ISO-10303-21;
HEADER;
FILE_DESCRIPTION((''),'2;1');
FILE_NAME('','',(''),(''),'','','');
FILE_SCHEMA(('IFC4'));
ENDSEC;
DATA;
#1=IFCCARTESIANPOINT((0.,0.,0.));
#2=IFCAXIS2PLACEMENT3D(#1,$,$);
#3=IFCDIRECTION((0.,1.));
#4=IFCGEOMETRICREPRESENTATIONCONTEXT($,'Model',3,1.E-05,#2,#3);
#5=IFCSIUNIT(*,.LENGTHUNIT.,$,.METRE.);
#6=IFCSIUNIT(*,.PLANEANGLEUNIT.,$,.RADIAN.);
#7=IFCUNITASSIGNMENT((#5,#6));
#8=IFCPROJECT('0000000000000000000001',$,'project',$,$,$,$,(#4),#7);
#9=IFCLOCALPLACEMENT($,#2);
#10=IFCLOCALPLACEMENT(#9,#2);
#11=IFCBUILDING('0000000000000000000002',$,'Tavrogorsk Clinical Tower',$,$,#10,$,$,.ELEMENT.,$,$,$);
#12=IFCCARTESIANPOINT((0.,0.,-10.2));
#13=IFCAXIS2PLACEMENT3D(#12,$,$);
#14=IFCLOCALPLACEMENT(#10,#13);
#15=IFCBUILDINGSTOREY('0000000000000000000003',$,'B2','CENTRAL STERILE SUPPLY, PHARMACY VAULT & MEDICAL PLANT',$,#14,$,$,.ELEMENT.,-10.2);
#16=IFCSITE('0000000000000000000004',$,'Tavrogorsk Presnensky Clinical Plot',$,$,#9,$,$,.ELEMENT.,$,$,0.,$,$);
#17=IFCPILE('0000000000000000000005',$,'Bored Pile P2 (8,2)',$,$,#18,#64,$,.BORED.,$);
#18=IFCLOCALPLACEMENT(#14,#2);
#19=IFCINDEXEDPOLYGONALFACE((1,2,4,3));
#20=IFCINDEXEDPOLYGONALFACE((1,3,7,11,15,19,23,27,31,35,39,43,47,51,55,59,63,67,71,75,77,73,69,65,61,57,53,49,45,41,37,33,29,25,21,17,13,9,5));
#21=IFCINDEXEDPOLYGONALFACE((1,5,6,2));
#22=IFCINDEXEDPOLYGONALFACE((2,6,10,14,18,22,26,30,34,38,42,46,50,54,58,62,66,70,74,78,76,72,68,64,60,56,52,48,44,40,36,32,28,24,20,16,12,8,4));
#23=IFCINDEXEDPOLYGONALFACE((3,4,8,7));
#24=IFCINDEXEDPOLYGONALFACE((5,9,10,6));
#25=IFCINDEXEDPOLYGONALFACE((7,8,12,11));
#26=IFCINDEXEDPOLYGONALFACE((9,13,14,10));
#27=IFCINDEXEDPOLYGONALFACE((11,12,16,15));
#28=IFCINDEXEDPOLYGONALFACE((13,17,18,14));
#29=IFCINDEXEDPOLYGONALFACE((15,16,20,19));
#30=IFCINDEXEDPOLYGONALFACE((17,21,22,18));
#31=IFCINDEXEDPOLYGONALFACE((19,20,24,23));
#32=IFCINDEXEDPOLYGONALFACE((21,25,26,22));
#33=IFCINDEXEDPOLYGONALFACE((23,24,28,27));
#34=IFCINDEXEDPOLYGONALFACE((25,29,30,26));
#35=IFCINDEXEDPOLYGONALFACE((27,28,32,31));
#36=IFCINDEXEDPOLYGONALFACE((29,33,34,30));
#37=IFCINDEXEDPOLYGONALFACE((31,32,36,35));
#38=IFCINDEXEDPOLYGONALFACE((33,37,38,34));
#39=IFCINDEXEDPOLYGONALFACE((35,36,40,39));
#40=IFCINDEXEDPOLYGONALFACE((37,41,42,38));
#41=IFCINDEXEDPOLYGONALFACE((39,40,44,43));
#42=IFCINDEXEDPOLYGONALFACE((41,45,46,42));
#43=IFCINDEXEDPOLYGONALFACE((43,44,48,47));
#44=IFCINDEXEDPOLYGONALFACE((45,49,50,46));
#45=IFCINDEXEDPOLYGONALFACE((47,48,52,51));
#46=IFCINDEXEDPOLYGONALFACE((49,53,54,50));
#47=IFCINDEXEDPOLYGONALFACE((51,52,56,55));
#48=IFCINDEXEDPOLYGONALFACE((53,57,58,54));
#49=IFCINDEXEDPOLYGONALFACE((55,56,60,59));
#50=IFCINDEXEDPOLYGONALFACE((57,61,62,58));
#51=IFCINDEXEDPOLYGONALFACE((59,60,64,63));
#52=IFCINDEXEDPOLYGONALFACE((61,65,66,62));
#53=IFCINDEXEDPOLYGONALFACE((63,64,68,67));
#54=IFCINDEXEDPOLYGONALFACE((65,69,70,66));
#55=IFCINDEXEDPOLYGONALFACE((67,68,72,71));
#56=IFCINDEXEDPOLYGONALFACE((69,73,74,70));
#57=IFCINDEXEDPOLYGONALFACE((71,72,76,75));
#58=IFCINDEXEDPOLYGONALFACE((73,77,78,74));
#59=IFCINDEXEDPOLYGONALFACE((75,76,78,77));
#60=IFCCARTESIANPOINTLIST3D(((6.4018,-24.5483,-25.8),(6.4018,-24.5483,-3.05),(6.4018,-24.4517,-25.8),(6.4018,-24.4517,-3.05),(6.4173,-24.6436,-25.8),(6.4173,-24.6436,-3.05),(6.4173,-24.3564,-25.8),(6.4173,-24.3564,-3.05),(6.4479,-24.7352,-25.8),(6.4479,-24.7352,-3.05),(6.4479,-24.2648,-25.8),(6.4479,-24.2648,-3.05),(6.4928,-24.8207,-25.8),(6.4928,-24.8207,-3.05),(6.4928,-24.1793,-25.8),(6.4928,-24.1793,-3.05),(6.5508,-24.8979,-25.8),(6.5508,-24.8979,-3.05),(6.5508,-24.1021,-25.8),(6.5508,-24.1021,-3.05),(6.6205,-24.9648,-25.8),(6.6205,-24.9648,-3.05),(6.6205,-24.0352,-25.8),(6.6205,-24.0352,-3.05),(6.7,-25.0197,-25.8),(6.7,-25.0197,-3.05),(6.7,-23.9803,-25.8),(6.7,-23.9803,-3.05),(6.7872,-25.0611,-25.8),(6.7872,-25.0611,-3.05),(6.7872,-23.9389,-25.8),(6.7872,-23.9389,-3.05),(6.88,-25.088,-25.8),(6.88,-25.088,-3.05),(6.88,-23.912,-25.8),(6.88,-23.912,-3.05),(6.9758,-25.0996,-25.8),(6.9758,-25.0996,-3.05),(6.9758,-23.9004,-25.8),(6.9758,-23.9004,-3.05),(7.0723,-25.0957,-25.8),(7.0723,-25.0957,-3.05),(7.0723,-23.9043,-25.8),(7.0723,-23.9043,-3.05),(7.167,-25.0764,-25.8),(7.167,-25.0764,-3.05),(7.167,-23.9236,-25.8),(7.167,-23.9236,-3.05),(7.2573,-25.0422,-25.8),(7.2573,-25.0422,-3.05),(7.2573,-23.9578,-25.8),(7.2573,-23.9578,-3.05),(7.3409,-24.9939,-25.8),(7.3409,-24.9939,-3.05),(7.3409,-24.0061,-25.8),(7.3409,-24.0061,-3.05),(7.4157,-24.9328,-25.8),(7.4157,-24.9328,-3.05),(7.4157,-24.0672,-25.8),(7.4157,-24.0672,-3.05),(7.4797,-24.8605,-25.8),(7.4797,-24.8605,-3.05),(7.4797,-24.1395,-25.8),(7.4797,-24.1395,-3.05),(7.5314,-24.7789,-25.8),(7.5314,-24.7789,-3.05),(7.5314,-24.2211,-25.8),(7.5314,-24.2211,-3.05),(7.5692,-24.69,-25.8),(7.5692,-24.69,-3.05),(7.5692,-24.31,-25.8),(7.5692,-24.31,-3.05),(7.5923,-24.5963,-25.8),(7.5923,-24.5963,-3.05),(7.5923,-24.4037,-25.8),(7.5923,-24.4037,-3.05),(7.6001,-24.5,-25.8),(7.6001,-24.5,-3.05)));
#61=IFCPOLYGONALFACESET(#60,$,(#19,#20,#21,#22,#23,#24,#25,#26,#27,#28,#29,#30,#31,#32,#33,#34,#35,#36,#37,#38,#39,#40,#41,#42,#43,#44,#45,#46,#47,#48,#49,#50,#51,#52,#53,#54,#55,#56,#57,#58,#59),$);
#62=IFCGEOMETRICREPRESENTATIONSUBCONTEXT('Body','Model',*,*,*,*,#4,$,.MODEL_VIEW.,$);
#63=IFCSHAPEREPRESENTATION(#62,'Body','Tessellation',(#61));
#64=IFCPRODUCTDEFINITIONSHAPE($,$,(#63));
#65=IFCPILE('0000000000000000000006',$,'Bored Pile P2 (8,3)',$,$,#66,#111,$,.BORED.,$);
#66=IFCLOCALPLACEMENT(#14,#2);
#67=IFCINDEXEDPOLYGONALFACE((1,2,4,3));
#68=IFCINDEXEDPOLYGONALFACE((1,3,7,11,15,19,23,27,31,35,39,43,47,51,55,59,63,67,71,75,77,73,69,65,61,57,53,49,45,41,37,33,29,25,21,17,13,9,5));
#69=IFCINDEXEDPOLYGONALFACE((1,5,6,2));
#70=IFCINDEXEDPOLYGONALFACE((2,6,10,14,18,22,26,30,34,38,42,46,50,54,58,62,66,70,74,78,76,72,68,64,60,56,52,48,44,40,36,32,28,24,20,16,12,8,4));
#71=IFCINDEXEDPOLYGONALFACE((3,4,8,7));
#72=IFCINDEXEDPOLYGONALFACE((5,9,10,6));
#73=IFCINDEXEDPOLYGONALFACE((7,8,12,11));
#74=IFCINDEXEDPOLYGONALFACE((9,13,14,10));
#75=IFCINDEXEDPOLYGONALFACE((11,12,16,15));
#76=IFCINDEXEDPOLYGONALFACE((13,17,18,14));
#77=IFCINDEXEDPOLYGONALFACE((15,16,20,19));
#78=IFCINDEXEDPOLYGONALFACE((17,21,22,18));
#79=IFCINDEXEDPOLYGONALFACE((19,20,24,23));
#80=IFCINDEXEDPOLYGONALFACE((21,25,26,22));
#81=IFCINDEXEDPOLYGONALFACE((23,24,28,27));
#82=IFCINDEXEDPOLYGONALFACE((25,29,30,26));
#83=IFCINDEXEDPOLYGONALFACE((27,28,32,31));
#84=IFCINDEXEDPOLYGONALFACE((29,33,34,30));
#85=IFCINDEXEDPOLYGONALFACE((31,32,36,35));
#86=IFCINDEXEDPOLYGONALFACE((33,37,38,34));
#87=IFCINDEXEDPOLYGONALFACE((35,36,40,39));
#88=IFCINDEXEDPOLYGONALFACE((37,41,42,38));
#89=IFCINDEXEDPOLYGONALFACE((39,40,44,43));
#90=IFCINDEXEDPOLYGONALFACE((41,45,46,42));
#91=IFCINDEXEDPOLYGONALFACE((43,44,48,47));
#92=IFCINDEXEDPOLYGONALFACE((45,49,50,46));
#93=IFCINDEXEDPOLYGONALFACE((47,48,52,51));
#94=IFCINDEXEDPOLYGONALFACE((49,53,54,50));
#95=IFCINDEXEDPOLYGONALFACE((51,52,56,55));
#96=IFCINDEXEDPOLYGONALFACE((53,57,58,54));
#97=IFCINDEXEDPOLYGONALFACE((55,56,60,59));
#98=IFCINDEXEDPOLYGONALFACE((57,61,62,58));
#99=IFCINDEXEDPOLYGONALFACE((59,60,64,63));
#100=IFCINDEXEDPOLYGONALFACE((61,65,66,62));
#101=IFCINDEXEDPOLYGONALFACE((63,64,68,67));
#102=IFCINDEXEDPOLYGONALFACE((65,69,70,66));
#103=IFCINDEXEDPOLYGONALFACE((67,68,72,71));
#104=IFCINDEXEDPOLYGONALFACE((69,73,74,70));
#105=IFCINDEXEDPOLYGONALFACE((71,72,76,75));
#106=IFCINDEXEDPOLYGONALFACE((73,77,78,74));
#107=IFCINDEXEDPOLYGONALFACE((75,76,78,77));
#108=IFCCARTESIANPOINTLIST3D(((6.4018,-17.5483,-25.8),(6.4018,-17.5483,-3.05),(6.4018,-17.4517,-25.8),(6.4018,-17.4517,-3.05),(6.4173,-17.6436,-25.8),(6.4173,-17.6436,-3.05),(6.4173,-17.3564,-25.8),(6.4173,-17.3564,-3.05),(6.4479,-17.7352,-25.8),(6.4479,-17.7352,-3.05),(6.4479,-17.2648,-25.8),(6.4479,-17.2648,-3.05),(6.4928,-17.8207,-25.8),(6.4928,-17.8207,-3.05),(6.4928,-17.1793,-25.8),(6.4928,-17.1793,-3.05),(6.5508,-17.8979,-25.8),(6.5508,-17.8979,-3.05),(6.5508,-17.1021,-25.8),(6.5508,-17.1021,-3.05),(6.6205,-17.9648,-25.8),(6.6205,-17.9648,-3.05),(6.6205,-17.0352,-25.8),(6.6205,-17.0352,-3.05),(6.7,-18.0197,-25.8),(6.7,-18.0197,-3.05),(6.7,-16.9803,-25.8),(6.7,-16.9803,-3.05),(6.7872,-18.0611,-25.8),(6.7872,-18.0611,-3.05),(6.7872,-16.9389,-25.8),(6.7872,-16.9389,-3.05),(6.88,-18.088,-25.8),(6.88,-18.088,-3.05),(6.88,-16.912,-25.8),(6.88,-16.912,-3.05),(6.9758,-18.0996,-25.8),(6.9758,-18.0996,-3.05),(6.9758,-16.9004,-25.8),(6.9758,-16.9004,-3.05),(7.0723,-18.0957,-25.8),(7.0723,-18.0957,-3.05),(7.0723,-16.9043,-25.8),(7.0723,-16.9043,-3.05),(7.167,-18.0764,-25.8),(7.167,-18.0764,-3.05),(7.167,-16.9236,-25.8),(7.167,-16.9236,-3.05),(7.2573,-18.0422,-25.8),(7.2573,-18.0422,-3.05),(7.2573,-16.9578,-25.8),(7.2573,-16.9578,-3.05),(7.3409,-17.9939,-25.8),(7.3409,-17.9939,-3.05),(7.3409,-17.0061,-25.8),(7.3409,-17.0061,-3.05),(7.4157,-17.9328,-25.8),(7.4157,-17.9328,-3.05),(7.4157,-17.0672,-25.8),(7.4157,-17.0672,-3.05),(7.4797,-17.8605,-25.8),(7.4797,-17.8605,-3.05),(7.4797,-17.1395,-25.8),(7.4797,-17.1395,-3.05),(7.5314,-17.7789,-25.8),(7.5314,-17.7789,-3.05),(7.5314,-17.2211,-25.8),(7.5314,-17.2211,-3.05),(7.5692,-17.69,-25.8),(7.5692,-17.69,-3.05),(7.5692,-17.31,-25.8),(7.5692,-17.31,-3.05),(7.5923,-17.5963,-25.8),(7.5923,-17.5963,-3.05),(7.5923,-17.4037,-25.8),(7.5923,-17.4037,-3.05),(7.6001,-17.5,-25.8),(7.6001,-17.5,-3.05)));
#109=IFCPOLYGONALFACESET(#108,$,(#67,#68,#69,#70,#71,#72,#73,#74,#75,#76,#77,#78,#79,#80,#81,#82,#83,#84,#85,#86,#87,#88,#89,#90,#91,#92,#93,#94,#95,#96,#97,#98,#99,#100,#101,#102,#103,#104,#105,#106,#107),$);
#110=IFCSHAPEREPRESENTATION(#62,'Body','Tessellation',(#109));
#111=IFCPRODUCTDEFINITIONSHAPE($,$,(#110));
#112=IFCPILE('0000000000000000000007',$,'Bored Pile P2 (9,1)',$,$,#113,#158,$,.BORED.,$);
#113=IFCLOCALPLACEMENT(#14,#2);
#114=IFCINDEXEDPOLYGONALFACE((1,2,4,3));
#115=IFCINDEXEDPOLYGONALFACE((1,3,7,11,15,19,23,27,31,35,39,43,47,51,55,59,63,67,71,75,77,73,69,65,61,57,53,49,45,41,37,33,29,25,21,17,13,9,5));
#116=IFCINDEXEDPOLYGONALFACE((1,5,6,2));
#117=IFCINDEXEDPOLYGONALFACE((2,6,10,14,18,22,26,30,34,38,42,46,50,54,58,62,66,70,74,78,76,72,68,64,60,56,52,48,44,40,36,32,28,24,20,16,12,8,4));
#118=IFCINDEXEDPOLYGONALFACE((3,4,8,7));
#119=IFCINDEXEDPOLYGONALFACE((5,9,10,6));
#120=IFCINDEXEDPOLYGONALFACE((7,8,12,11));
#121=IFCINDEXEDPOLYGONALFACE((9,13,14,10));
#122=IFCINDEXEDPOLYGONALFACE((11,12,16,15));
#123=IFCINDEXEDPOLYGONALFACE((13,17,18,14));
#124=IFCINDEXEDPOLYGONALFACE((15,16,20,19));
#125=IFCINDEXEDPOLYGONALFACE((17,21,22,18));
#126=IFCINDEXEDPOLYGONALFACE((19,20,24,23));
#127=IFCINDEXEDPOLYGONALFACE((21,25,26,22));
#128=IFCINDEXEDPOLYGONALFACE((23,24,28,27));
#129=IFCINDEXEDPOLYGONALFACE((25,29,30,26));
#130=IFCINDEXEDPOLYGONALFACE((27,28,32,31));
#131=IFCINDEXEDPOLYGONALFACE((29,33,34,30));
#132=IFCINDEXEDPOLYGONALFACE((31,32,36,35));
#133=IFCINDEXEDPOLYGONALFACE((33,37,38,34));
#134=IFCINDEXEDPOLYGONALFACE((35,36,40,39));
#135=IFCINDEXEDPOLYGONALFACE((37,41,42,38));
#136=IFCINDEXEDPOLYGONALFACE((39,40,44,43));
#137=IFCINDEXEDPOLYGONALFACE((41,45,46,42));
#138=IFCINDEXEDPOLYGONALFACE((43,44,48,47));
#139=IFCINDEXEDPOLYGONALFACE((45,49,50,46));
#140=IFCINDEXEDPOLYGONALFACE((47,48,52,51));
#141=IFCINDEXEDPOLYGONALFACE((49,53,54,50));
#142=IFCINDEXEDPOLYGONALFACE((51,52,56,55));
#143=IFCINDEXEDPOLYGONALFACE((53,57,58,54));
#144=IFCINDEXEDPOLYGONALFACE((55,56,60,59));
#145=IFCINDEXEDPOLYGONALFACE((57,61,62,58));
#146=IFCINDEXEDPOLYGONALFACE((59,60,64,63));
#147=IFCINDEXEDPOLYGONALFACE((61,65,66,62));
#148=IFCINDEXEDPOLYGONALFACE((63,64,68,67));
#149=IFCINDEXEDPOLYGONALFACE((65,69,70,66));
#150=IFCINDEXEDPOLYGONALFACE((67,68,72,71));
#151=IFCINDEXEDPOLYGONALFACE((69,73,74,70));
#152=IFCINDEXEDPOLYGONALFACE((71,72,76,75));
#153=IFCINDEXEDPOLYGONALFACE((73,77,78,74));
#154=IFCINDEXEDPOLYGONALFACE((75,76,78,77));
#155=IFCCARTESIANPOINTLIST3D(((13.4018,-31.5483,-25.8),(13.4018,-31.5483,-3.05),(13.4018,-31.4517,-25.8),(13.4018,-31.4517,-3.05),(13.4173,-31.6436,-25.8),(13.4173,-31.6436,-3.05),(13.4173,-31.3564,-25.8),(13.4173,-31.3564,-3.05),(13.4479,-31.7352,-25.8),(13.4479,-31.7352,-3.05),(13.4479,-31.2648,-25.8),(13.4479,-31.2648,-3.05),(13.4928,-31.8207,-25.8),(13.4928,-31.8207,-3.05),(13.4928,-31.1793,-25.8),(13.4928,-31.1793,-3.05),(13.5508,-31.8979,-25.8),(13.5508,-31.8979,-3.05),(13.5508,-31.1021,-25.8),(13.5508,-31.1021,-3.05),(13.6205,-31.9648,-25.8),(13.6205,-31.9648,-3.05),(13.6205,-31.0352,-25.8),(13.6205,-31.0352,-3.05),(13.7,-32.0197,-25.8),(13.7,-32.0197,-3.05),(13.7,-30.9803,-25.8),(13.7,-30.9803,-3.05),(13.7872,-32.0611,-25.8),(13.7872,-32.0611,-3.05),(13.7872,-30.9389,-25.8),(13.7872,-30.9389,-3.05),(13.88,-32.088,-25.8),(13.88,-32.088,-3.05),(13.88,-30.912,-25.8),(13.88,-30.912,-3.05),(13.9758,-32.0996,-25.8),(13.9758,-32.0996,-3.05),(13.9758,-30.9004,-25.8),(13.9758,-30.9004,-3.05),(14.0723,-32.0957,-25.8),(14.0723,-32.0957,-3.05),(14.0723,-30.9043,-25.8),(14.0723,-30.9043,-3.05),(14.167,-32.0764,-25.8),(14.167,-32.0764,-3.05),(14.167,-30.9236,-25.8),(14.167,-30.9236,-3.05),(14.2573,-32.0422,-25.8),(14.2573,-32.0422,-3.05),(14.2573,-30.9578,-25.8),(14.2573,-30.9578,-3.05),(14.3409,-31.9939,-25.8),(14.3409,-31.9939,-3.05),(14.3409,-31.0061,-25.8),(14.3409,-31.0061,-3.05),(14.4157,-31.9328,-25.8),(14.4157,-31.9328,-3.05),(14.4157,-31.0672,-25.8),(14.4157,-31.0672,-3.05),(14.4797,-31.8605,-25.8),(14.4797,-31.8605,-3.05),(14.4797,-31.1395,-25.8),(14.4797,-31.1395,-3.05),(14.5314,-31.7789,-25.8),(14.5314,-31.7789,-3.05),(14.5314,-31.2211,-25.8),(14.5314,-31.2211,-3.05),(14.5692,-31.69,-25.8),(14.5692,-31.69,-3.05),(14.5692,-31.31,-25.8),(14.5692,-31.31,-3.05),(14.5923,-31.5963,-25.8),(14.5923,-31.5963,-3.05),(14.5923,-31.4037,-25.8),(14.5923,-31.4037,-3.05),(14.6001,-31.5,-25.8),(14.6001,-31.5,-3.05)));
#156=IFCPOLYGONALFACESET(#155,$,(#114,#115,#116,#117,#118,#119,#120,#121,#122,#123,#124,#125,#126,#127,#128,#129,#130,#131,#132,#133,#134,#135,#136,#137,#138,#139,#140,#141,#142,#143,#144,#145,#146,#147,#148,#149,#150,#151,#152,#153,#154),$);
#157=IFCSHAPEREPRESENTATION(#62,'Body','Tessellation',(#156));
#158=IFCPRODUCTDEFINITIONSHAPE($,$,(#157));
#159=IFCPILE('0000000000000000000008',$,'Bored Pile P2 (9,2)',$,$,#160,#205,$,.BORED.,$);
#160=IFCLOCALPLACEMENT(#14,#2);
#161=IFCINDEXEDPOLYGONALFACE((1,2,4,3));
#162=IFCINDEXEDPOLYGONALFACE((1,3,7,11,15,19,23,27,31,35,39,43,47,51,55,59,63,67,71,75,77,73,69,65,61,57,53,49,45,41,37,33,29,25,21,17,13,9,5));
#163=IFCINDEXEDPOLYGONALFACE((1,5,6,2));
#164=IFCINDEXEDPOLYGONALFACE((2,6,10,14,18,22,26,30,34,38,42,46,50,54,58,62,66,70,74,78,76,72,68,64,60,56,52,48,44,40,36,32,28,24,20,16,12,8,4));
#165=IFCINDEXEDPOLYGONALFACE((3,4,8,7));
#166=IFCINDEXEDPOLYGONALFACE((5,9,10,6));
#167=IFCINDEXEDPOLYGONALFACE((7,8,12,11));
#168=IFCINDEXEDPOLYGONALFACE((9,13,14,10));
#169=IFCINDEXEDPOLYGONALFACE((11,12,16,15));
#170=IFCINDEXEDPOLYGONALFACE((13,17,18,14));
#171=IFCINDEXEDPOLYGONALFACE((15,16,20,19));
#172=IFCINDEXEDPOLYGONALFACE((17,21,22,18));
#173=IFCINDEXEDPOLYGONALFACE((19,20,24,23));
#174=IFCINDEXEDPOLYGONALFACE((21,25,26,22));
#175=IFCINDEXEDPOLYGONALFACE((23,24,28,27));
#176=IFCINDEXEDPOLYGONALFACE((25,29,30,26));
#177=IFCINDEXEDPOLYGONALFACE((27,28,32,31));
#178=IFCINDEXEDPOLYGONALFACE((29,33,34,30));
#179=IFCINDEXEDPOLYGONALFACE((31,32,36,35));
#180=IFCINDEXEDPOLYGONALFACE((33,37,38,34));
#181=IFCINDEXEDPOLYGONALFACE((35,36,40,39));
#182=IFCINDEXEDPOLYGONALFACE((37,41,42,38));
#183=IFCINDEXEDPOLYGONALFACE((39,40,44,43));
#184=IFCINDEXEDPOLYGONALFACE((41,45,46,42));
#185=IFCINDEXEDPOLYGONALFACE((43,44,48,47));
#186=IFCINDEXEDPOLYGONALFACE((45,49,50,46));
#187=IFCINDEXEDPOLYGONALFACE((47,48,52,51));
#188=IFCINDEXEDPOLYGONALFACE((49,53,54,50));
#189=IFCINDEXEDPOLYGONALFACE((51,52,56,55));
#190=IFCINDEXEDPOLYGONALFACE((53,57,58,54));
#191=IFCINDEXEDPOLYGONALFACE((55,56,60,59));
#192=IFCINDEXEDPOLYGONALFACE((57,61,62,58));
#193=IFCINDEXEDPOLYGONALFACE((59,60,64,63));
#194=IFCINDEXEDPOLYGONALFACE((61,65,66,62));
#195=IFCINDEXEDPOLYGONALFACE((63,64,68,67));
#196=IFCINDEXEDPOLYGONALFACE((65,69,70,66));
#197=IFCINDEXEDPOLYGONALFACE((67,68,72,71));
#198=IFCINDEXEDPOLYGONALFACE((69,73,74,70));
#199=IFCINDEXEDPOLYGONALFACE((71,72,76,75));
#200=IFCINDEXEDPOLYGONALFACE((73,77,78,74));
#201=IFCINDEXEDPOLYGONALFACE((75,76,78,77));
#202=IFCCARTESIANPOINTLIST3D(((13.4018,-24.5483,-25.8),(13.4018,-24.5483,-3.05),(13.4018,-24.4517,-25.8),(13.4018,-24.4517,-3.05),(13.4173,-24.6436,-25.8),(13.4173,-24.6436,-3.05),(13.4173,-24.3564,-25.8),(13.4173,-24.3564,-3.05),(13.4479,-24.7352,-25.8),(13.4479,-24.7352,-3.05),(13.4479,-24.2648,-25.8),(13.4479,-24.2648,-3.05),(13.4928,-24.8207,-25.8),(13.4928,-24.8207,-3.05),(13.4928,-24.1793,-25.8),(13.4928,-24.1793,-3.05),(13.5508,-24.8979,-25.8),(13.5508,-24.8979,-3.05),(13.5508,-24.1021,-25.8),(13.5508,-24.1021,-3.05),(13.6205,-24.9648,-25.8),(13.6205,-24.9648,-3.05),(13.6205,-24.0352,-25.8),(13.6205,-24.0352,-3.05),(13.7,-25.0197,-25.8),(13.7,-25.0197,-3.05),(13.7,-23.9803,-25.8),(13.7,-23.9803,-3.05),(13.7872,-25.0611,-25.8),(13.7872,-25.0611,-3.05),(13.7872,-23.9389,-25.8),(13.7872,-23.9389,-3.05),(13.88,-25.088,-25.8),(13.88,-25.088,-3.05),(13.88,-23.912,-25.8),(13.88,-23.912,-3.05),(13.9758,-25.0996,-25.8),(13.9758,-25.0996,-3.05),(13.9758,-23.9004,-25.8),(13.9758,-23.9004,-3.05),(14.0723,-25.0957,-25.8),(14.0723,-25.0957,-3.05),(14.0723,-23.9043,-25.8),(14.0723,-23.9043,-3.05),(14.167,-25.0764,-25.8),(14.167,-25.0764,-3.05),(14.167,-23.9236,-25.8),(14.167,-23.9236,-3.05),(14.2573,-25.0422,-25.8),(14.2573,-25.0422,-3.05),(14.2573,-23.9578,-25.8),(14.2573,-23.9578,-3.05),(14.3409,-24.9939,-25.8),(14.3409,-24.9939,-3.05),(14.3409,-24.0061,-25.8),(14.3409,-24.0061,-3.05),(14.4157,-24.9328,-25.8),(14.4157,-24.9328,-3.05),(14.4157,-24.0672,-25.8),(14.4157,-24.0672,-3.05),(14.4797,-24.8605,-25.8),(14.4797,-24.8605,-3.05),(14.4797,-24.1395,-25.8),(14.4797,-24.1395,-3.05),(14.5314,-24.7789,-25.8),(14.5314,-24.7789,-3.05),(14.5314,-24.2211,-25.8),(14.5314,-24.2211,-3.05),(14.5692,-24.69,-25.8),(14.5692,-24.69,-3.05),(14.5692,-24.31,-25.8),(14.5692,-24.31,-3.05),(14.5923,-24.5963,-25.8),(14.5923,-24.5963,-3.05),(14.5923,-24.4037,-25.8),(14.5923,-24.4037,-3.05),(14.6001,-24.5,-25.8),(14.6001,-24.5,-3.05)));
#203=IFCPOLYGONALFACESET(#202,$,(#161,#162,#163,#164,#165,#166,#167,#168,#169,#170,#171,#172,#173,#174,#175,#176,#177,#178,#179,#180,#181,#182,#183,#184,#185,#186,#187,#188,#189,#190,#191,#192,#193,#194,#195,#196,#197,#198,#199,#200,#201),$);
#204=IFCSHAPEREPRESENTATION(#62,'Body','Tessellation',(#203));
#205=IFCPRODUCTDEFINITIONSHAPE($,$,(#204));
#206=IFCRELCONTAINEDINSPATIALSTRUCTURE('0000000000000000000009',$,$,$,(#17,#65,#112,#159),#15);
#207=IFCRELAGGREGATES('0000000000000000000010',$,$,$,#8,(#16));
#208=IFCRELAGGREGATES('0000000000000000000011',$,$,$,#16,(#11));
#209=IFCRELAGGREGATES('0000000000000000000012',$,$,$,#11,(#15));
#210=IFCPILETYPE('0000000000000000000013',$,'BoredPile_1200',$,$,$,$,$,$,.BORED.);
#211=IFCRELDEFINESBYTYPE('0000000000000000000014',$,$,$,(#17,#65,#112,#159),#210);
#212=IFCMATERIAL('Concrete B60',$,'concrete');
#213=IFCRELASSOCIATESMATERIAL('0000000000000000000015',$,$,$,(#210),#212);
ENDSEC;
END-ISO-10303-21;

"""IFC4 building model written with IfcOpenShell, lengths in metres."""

from ifc_helpers import new_model, si_unit, direction, frame, origin, origin_2d, place, context, subcontext, project, spatial, circle, extrude, material, material_profile, profile_set, type_object, element, save


model = new_model("IFC4")

# Units and contexts
model_context = context("Model", 3, precision=1e-05, world=origin(), true_north=direction((0.0, 1.0)))
body_context = subcontext(model_context, "Body", "Model", "MODEL_VIEW")
ifc_project = project(units=[si_unit("LENGTHUNIT", "METRE"), si_unit("PLANEANGLEUNIT", "RADIAN")], contexts=[model_context])

# Site, building, storey
site_placement = place(None, origin())
site = spatial("IfcSite", under=ifc_project, at=site_placement, Name="Tavrogorsk Presnensky Clinical Plot", CompositionType="ELEMENT", RefElevation=0.0)
building_placement = place(site_placement, origin())
building = spatial("IfcBuilding", under=site, at=building_placement, Name="Tavrogorsk Clinical Tower", CompositionType="ELEMENT")
storey_placement = place(building_placement, frame((0.0, 0.0, -10.2)))
storey = spatial("IfcBuildingStorey", under=building, at=storey_placement, Name="B2", Description="CENTRAL STERILE SUPPLY, PHARMACY VAULT & MEDICAL PLANT", CompositionType="ELEMENT", Elevation=-10.2)

# Piles
ifc_material_1 = material(Name="Concrete B60", Category="concrete")
ifc_material_profile_1 = material_profile(ifc_material_1, circle(Radius=0.6001, at=origin_2d()), Name="BORED-PILE-1200")
ifc_profile_set_1 = profile_set([ifc_material_profile_1], Name="Concrete B60")
pile_type_1 = type_object("IfcPileType", Name="BoredPile_1200", PredefinedType="BORED", material=ifc_profile_set_1)
for number, where, z_axis, x_axis, name in (
    (1, (7.0, -24.5, -3.05), (0.0, 0.0, -1.0), (1.0, 0.0, 0.0), "Bored Pile P2 (8,2)"),
    (2, (7.0, -17.5, -3.05), (0.0, 0.0, -1.0), (1.0, 0.0, 0.0), "Bored Pile P2 (8,3)"),
    (3, (14.0, -31.5, -3.05), (0.0, 0.0, -1.0), (1.0, 0.0, 0.0), "Bored Pile P2 (9,1)"),
    (4, (14.0, -24.5, -3.05), (0.0, 0.0, -1.0), (1.0, 0.0, 0.0), "Bored Pile P2 (9,2)"),
):
    element("IfcPile", number, at=place(storey_placement, frame(where, z_axis=z_axis, x_axis=x_axis)), inside=storey, type_object=pile_type_1, Name=name, PredefinedType="BORED", context=body_context, shape_type="SweptSolid", body=[
        extrude(circle(Radius=0.6001, at=origin_2d()), origin(), (0.0, 0.0, 1.0), 22.75),
    ])

save(model, "model.ifc")
